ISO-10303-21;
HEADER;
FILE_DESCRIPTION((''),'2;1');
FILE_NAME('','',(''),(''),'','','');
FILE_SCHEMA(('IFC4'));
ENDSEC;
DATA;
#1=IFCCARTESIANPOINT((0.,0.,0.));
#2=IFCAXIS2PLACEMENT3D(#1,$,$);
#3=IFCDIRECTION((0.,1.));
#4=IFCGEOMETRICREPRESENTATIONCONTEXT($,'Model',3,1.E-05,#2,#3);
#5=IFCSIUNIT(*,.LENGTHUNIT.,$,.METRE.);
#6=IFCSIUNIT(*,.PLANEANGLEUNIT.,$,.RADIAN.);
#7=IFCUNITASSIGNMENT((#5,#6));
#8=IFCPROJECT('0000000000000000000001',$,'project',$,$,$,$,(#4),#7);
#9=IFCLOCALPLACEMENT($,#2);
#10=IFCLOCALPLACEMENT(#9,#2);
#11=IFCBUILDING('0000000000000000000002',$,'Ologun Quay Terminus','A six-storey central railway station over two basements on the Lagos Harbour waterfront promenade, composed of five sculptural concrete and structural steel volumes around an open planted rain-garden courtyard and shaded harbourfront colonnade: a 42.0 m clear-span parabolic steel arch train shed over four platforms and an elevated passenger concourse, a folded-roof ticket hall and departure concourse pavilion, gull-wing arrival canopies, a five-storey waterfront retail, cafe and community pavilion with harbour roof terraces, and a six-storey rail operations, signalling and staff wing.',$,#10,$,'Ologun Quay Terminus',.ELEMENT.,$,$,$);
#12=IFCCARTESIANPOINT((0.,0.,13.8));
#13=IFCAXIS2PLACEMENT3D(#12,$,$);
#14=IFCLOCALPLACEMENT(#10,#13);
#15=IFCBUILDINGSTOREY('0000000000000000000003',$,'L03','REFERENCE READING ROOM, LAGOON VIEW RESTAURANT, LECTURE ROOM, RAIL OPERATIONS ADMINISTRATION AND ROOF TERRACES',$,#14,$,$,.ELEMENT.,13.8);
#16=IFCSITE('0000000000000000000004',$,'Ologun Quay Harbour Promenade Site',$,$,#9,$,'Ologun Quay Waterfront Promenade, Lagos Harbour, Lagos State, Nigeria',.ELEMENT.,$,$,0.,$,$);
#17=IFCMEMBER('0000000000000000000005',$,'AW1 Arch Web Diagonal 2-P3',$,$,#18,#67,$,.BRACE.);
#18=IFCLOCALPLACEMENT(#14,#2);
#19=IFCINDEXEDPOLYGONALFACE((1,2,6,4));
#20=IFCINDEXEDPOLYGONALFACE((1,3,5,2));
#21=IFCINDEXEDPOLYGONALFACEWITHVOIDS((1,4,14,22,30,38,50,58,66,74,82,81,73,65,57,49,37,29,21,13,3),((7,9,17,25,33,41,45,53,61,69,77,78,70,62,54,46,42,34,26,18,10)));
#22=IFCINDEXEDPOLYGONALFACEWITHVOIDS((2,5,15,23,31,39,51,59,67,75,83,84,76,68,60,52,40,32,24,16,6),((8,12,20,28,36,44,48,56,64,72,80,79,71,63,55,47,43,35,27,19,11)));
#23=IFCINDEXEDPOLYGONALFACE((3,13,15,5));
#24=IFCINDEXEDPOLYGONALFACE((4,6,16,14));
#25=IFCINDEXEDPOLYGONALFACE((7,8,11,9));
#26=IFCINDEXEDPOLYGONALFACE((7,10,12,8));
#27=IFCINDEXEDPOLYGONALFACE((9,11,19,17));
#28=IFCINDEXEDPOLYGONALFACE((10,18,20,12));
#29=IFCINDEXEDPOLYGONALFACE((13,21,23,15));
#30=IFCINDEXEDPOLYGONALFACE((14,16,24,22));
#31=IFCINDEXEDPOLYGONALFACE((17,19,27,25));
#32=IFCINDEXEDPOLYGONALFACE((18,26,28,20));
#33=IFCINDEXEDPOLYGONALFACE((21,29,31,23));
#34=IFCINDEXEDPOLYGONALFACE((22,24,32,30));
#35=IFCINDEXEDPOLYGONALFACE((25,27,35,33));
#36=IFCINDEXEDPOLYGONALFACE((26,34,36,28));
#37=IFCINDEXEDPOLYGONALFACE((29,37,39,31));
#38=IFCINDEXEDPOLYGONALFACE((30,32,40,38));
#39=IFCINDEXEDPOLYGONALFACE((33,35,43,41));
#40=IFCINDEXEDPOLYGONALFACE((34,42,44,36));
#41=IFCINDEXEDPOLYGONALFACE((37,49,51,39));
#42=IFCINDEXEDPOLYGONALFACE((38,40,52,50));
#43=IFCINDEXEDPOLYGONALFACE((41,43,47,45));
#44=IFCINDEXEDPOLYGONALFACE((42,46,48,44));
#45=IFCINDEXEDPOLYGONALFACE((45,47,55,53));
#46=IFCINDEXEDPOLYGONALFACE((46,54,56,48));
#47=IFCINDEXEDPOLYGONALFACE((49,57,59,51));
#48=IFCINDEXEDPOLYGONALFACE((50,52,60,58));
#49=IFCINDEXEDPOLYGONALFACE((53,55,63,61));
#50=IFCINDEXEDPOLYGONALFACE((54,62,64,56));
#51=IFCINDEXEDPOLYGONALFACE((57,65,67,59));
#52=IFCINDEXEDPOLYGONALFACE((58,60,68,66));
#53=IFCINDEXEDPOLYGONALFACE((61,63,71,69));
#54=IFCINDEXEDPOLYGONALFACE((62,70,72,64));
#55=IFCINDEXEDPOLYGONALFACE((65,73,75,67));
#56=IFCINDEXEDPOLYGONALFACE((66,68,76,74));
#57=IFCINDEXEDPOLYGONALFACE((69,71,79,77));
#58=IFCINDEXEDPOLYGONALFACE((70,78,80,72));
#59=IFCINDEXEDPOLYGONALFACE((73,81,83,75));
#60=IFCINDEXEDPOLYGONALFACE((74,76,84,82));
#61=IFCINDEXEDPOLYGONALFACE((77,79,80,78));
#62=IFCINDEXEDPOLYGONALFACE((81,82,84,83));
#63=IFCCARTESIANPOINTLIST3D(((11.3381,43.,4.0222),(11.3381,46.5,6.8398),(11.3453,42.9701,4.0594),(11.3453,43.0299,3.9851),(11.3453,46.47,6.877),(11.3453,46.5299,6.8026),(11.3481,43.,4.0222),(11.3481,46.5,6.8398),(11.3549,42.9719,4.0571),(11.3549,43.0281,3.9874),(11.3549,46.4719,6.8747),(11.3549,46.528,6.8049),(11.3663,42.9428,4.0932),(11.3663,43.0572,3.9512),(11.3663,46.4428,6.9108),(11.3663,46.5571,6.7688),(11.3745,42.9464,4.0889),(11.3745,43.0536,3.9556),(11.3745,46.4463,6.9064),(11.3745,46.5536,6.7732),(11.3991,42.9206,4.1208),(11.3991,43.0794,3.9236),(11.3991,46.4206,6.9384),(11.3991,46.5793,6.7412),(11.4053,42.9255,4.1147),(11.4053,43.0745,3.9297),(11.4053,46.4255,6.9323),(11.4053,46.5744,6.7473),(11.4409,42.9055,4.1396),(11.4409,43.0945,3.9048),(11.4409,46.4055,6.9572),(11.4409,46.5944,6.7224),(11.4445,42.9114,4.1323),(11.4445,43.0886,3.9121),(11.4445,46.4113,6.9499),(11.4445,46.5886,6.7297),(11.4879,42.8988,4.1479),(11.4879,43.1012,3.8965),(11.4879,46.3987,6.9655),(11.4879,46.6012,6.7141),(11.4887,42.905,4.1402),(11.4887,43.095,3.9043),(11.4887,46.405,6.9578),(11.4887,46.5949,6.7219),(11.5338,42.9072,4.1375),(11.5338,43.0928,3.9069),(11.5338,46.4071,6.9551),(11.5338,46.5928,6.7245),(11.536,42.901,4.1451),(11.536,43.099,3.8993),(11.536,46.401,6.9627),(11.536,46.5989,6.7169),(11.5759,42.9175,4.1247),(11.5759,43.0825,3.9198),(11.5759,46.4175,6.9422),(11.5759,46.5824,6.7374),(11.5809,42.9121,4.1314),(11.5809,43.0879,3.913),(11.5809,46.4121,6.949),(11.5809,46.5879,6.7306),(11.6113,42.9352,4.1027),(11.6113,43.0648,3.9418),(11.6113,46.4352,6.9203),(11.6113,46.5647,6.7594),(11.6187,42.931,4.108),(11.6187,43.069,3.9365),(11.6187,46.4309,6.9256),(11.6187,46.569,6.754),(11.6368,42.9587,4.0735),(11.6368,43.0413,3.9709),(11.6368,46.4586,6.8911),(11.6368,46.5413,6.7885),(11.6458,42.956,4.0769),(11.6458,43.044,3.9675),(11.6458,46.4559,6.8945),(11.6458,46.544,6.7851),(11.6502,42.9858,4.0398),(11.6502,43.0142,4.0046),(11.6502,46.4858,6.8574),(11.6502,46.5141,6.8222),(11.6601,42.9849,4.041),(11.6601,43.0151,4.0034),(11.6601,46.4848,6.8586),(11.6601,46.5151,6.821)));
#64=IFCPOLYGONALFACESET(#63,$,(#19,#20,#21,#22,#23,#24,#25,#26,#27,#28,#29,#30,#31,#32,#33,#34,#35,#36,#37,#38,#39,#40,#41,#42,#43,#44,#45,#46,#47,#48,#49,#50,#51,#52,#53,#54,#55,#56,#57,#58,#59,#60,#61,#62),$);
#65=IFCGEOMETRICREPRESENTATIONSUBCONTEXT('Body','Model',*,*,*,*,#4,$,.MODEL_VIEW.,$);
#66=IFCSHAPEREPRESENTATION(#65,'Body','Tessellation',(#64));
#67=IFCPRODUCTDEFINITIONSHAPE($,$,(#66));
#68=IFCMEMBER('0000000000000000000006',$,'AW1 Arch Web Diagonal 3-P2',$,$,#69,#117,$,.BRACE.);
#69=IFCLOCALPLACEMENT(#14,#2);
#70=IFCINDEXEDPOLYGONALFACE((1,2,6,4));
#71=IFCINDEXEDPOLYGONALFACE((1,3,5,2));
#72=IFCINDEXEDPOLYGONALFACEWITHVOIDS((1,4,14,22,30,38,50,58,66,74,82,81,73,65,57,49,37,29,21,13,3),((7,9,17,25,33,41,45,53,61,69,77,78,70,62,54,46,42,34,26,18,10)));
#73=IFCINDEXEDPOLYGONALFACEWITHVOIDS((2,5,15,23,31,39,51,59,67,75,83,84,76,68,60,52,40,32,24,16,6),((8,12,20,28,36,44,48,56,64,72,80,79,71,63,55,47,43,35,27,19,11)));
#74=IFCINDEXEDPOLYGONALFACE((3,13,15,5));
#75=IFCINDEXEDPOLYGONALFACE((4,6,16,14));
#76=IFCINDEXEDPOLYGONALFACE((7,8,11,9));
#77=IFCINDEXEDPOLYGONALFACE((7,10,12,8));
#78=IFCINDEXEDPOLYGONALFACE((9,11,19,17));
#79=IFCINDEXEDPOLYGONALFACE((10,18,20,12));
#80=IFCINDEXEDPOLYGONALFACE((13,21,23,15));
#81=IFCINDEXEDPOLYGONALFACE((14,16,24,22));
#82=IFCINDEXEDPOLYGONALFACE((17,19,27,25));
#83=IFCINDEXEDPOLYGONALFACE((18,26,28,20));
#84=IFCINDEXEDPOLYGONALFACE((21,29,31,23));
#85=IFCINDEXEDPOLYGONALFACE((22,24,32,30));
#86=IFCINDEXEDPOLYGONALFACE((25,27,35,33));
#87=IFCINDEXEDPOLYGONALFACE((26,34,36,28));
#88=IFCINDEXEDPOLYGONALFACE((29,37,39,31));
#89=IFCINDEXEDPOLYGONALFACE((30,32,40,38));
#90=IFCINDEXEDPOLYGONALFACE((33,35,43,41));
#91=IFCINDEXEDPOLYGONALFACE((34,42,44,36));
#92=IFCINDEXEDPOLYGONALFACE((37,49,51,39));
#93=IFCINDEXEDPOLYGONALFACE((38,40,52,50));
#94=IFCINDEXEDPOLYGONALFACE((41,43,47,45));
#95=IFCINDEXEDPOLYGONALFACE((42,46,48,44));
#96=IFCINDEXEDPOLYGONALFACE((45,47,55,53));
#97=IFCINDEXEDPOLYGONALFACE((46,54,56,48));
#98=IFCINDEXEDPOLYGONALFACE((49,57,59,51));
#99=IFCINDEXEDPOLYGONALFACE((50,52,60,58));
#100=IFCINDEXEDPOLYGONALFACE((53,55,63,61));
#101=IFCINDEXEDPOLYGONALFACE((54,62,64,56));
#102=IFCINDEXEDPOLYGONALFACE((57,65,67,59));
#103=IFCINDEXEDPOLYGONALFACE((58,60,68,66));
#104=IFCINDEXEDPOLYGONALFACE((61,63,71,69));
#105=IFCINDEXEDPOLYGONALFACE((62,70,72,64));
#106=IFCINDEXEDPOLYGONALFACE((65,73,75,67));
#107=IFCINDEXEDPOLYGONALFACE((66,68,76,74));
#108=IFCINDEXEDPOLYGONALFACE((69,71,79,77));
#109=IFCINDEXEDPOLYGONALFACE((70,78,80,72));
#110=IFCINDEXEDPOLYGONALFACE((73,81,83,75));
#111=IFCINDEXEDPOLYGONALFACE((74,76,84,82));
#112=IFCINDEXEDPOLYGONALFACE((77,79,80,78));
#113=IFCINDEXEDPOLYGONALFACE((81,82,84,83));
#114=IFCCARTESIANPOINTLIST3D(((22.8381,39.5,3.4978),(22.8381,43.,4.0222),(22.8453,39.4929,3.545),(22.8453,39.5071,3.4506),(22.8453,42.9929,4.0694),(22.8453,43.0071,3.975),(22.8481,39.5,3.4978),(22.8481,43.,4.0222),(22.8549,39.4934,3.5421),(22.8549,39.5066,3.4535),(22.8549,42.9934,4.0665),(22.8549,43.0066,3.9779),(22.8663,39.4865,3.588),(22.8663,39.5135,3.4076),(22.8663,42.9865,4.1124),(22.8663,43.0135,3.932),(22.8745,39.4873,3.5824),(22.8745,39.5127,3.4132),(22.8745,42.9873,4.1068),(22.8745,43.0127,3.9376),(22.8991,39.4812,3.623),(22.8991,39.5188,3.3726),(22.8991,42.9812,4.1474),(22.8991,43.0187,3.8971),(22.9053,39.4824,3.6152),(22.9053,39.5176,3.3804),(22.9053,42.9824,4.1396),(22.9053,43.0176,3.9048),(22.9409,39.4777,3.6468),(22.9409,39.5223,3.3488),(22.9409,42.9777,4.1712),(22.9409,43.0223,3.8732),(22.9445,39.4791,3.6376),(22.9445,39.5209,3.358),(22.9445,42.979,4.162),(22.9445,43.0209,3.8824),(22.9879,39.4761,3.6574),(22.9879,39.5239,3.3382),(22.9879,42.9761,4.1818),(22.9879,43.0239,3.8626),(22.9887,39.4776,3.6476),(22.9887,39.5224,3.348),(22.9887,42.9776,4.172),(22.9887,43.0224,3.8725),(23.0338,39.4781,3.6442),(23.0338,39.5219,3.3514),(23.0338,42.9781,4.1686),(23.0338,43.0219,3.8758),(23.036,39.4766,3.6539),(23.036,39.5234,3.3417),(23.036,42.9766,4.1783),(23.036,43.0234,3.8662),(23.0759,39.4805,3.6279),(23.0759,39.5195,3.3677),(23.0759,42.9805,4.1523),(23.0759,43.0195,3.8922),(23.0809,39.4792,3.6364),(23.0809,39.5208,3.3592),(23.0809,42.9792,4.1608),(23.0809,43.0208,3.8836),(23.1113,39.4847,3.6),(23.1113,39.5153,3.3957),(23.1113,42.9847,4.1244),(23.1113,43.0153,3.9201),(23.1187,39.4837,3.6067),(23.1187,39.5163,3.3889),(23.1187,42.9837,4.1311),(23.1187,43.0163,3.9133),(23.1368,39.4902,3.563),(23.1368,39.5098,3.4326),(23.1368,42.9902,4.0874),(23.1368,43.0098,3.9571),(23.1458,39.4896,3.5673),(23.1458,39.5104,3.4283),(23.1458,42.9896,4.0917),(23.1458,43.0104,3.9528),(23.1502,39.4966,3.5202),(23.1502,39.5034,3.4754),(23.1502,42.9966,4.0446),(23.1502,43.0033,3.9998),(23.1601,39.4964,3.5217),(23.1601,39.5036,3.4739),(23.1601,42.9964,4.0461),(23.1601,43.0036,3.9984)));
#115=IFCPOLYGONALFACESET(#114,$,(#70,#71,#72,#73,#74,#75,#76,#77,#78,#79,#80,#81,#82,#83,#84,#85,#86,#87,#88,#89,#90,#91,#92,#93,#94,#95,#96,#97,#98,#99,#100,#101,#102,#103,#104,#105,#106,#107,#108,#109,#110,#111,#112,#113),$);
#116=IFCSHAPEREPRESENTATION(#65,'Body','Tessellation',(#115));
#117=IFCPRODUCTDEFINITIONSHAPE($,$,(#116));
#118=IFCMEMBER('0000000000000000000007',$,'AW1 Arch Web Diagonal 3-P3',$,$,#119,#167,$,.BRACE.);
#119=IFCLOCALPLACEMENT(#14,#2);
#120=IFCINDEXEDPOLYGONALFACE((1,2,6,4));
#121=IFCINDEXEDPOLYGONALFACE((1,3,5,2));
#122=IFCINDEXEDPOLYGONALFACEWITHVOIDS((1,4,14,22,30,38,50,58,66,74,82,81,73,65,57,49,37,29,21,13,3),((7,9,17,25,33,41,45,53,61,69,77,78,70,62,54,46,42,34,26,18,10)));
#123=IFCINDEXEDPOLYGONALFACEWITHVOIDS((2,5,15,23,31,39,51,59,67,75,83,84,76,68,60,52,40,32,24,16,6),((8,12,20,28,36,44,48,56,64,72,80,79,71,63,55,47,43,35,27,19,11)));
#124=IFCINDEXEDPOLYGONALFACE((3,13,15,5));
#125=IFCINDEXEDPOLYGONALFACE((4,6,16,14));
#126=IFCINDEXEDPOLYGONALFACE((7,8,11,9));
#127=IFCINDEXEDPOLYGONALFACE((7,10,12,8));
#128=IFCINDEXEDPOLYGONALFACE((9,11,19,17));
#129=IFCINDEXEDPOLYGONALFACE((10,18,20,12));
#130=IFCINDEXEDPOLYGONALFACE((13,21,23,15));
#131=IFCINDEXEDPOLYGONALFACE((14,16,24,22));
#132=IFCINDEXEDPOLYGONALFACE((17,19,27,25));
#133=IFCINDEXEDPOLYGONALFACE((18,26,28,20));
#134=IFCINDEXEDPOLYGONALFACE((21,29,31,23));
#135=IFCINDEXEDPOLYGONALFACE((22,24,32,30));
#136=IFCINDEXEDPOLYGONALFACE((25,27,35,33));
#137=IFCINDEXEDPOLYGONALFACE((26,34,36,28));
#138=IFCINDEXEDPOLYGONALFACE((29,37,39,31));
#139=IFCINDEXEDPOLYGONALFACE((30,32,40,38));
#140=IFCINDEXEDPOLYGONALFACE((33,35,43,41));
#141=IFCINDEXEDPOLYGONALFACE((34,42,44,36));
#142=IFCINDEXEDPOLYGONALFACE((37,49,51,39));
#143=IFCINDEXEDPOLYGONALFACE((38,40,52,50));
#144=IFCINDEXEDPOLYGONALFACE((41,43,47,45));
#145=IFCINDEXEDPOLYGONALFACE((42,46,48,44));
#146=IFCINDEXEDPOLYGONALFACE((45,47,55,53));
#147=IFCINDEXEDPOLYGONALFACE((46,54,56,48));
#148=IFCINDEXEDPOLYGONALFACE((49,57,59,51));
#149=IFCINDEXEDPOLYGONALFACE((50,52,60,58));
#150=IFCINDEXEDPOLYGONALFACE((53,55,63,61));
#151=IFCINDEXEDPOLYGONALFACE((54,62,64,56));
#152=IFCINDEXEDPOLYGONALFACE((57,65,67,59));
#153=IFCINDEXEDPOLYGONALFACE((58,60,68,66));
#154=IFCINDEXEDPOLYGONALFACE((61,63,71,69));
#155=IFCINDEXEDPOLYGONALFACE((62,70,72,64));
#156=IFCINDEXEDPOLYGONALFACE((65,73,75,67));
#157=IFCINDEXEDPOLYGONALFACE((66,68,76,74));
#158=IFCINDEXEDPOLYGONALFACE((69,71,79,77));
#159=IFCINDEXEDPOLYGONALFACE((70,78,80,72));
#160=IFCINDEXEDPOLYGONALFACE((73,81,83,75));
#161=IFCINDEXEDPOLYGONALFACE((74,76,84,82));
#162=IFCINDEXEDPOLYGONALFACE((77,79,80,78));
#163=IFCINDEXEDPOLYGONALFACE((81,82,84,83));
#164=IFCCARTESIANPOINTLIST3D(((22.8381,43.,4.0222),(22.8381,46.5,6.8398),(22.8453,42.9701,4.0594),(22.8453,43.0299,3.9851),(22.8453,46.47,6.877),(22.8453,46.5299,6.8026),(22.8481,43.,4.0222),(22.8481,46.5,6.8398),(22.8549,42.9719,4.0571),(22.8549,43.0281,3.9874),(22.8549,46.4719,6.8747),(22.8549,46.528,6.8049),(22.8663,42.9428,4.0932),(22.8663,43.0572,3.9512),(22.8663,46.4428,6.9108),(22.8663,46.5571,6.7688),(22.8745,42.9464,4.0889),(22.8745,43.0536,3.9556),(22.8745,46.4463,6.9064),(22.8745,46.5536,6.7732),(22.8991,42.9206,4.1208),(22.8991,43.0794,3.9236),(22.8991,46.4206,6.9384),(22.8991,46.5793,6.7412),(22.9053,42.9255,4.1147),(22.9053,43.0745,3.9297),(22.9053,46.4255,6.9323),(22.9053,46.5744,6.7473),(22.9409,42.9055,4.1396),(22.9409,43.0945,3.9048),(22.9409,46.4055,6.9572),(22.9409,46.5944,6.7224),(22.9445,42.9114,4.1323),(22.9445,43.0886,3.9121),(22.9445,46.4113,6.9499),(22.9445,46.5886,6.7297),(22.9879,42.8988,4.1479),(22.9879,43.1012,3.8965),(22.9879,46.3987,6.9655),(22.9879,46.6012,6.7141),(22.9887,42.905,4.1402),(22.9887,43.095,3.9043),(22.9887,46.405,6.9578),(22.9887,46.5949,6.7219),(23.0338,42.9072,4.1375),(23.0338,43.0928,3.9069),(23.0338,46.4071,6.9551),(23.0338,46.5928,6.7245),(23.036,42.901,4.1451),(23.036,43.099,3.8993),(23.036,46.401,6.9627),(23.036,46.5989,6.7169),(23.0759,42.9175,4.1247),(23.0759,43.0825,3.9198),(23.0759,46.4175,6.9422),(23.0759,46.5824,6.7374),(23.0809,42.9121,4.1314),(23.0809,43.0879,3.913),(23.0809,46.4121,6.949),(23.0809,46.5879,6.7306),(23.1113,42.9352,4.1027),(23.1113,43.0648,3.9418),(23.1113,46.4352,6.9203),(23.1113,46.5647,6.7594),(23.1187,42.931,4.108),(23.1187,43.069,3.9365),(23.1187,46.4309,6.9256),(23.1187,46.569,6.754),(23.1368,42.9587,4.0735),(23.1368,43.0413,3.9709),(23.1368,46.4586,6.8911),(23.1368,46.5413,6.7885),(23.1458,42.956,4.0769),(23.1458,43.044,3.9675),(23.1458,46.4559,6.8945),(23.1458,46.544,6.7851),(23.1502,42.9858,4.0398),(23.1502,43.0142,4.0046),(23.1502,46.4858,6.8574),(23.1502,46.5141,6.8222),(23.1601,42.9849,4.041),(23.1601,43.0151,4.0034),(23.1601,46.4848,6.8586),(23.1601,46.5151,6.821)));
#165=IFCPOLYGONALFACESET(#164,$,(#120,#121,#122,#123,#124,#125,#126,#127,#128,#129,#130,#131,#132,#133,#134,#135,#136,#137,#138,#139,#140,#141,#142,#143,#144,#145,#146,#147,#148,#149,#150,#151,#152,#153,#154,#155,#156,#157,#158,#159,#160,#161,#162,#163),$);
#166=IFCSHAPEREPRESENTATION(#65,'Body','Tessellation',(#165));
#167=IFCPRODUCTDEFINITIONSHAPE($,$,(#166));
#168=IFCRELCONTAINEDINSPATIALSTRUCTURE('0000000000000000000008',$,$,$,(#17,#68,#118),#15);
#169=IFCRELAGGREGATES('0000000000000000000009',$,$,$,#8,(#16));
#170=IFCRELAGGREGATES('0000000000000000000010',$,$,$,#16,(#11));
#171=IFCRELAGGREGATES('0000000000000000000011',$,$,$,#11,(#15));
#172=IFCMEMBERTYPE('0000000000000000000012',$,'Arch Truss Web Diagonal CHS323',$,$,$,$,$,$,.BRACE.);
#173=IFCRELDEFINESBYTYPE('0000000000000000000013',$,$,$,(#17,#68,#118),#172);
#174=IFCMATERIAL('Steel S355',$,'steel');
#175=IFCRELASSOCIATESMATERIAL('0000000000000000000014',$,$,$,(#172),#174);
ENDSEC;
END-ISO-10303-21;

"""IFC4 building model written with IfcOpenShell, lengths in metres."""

from ifc_helpers import new_model, si_unit, direction, frame, origin, origin_2d, place, context, subcontext, project, spatial, hollow_circle, extrude, material, material_profile, profile_set, type_object, element, save


model = new_model("IFC4")

# Units and contexts
model_context = context("Model", 3, precision=1e-05, world=origin(), true_north=direction((0.0, 1.0)))
body_context = subcontext(model_context, "Body", "Model", "MODEL_VIEW")
ifc_project = project(units=[si_unit("LENGTHUNIT", "METRE"), si_unit("PLANEANGLEUNIT", "RADIAN")], contexts=[model_context])

# Site, building, storey
site_placement = place(None, origin())
site = spatial("IfcSite", under=ifc_project, at=site_placement, Name="Ologun Quay Harbour Promenade Site", LongName="Ologun Quay Waterfront Promenade, Lagos Harbour, Lagos State, Nigeria", CompositionType="ELEMENT", RefElevation=0.0)
building_placement = place(site_placement, origin())
building = spatial("IfcBuilding", under=site, at=building_placement, Name="Ologun Quay Terminus", Description="A six-storey central railway station over two basements on the Lagos Harbour waterfront promenade, composed of five sculptural concrete and structural steel volumes around an open planted rain-garden courtyard and shaded harbourfront colonnade: a 42.0 m clear-span parabolic steel arch train shed over four platforms and an elevated passenger concourse, a folded-roof ticket hall and departure concourse pavilion, gull-wing arrival canopies, a five-storey waterfront retail, cafe and community pavilion with harbour roof terraces, and a six-storey rail operations, signalling and staff wing.", LongName="Ologun Quay Terminus", CompositionType="ELEMENT")
storey_placement = place(building_placement, frame((0.0, 0.0, 13.8)))
storey = spatial("IfcBuildingStorey", under=building, at=storey_placement, Name="L03", Description="REFERENCE READING ROOM, LAGOON VIEW RESTAURANT, LECTURE ROOM, RAIL OPERATIONS ADMINISTRATION AND ROOF TERRACES", CompositionType="ELEMENT", Elevation=13.8)

# Members
ifc_material_1 = material(Name="Steel S355", Category="steel")
ifc_material_profile_1 = material_profile(ifc_material_1, hollow_circle(Radius=0.1619, WallThickness=0.01, at=origin_2d()), Name="CHS 323.9x10")
ifc_profile_set_1 = profile_set([ifc_material_profile_1], Name="Steel S355")
member_type_1 = type_object("IfcMemberType", Name="Arch Truss Web Diagonal CHS323", PredefinedType="BRACE", material=ifc_profile_set_1)
member_1_placement = place(storey_placement, frame((11.5, 43.0, 4.0222), z_axis=(0.0, 0.778951, 0.627084), x_axis=(-1.0, 0.0, 0.0)))
element("IfcMember", 1, at=member_1_placement, inside=storey, type_object=member_type_1, Name="AW1 Arch Web Diagonal 2-P3", PredefinedType="BRACE", context=body_context, shape_type="SweptSolid", body=[
    extrude(hollow_circle(Radius=0.1619, WallThickness=0.01, at=origin_2d()), origin(), (0.0, 0.0, 1.0), 4.4932),
])
member_2_placement = place(storey_placement, frame((23.0, 39.5, 3.4978), z_axis=(0.0, 0.988961, 0.148179), x_axis=(-1.0, 0.0, 0.0)))
element("IfcMember", 2, at=member_2_placement, inside=storey, type_object=member_type_1, Name="AW1 Arch Web Diagonal 3-P2", PredefinedType="BRACE", context=body_context, shape_type="SweptSolid", body=[
    extrude(hollow_circle(Radius=0.1619, WallThickness=0.01, at=origin_2d()), origin(), (0.0, 0.0, 1.0), 3.5391),
])
member_3_placement = place(storey_placement, frame((23.0, 43.0, 4.0222), z_axis=(0.0, 0.778951, 0.627084), x_axis=(-1.0, 0.0, 0.0)))
element("IfcMember", 3, at=member_3_placement, inside=storey, type_object=member_type_1, Name="AW1 Arch Web Diagonal 3-P3", PredefinedType="BRACE", context=body_context, shape_type="SweptSolid", body=[
    extrude(hollow_circle(Radius=0.1619, WallThickness=0.01, at=origin_2d()), origin(), (0.0, 0.0, 1.0), 4.4932),
])

save(model, "model.ifc")
